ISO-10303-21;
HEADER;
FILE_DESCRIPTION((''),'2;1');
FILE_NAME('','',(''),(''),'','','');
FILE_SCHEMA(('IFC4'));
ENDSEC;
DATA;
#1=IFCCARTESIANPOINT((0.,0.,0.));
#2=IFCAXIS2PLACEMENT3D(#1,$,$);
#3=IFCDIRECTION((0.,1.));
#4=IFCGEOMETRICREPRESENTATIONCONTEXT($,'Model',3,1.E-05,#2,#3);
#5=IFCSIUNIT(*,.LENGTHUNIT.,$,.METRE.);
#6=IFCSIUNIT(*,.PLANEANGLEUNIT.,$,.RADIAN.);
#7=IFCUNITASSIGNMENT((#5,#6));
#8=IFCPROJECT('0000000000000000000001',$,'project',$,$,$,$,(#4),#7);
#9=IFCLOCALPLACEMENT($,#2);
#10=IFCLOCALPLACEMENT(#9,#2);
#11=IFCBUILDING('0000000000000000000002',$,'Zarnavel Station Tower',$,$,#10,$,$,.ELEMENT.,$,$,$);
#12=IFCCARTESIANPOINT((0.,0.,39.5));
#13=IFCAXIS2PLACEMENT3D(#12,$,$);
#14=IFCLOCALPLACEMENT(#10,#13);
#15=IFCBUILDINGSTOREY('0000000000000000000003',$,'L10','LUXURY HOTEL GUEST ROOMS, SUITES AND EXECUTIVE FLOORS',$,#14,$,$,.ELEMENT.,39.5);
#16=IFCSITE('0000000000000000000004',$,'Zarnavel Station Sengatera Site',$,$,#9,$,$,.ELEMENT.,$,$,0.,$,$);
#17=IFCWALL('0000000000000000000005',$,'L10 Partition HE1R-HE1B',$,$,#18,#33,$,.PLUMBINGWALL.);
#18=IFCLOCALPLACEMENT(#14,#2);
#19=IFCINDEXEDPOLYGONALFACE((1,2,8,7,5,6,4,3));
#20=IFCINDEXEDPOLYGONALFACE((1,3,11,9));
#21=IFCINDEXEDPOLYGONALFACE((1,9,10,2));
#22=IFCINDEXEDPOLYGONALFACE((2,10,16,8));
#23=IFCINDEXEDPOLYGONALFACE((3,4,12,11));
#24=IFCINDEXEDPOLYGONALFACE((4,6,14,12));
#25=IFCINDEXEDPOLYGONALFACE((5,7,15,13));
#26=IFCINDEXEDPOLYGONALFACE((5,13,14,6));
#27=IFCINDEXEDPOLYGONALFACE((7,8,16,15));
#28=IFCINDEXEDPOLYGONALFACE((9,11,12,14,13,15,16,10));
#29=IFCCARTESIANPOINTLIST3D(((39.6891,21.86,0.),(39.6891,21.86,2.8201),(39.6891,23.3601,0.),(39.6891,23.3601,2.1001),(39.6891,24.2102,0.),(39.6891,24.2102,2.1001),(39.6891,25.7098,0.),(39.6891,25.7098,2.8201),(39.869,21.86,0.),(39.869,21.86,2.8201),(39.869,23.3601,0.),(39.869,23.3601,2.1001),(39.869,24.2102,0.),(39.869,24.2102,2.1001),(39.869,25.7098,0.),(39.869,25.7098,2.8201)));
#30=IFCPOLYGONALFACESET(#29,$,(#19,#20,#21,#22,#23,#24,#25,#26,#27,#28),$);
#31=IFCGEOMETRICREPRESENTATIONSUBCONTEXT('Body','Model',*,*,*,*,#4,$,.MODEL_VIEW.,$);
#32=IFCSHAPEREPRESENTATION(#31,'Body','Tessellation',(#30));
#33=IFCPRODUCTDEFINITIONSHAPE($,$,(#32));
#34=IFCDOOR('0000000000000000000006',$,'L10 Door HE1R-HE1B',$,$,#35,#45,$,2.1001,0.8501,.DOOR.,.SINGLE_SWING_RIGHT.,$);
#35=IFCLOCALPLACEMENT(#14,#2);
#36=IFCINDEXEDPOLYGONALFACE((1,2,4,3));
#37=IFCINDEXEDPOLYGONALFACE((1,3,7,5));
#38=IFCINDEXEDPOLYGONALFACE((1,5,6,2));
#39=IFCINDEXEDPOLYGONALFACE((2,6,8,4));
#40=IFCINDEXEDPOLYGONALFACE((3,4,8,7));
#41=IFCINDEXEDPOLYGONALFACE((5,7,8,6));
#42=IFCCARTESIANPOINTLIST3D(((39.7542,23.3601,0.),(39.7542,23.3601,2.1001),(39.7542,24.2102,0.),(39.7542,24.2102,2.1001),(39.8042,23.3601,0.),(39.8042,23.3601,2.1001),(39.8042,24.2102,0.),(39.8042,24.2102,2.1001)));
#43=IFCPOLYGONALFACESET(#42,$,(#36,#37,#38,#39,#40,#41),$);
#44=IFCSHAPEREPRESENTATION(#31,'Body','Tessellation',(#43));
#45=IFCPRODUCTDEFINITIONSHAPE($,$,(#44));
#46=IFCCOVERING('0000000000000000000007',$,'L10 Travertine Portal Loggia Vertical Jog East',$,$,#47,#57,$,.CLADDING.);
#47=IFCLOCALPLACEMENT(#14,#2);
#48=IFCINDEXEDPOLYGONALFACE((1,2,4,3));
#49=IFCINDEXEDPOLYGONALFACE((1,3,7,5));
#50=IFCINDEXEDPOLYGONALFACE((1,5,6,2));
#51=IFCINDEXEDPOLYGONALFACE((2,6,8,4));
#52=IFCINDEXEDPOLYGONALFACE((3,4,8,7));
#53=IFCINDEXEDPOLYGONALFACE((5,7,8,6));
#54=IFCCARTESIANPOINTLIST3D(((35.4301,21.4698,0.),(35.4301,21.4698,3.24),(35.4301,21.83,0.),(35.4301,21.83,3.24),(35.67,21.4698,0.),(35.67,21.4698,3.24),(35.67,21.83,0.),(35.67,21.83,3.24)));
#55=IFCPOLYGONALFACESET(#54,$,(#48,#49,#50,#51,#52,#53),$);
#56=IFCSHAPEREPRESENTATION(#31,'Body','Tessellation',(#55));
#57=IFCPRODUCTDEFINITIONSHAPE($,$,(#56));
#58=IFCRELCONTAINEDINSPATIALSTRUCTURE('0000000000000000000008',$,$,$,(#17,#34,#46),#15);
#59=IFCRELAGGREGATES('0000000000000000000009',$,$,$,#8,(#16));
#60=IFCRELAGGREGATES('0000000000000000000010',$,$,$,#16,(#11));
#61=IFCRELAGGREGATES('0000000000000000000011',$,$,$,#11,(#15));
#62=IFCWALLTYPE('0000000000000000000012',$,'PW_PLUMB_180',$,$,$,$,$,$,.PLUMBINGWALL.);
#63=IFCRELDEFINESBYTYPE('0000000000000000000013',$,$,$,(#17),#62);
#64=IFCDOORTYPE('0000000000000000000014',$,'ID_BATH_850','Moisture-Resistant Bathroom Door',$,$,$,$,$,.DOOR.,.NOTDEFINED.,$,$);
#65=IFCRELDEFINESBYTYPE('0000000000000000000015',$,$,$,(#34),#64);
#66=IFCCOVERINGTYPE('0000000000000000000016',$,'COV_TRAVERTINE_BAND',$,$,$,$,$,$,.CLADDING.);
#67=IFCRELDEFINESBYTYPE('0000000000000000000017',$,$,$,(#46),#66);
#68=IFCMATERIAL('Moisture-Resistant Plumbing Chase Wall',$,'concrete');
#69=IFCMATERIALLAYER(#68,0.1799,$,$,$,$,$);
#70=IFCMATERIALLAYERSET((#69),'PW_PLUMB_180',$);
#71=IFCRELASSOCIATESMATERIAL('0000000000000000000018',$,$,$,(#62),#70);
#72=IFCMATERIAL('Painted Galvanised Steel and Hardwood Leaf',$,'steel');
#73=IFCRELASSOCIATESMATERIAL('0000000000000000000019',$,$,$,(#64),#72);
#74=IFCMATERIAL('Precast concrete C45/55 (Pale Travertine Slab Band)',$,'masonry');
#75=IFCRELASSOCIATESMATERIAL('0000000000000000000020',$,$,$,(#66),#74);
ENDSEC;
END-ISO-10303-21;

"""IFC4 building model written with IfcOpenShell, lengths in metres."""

from ifc_helpers import new_model, si_unit, direction, frame, frame_2d, origin, origin_2d, place, context, subcontext, project, spatial, rectangle, extrude, material, layer, layer_set, type_object, element, fill, save


model = new_model("IFC4")

# Units and contexts
model_context = context("Model", 3, precision=1e-05, world=origin(), true_north=direction((0.0, 1.0)))
body_context = subcontext(model_context, "Body", "Model", "MODEL_VIEW")
ifc_project = project(units=[si_unit("LENGTHUNIT", "METRE"), si_unit("PLANEANGLEUNIT", "RADIAN")], contexts=[model_context])

# Site, building, storey
site_placement = place(None, origin())
site = spatial("IfcSite", under=ifc_project, at=site_placement, Name="Zarnavel Station Sengatera Site", CompositionType="ELEMENT", RefElevation=0.0)
building_placement = place(site_placement, origin())
building = spatial("IfcBuilding", under=site, at=building_placement, Name="Zarnavel Station Tower", CompositionType="ELEMENT")
storey_placement = place(building_placement, frame((0.0, 0.0, 39.5)))
storey = spatial("IfcBuildingStorey", under=building, at=storey_placement, Name="L10", Description="LUXURY HOTEL GUEST ROOMS, SUITES AND EXECUTIVE FLOORS", CompositionType="ELEMENT", Elevation=39.5)

# Wall, opening, door
ifc_material_1 = material(Name="Moisture-Resistant Plumbing Chase Wall", Category="concrete")
ifc_layer_1 = layer(ifc_material_1, 0.1799)
ifc_layer_set_1 = layer_set([ifc_layer_1], Name="PW_PLUMB_180")
wall_type_1 = type_object("IfcWallType", Name="PW_PLUMB_180", PredefinedType="PLUMBINGWALL", material=ifc_layer_set_1)
wall_1_placement = place(storey_placement, frame((39.7791, 21.8601, 0.0), z_axis=(0.0, 0.0, 1.0), x_axis=(0.0, 1.0, 0.0)))
wall_1 = element("IfcWall", 1, at=wall_1_placement, inside=storey, type_object=wall_type_1, Name="L10 Partition HE1R-HE1B", PredefinedType="PLUMBINGWALL", context=body_context, shape_type="SweptSolid", body=[
    extrude(rectangle(XDim=3.8499, YDim=0.1799, at=frame_2d((1.9248, 0.0))), origin(), (0.0, 0.0, 1.0), 2.8201),
])
opening_placement = place(wall_1_placement, frame((1.5, 0.0, 0.0)))
opening = element("IfcOpeningElement", 2, at=opening_placement, cuts=wall_1, PredefinedType="OPENING", context=body_context, shape_type="SweptSolid", body=[
    extrude(rectangle(XDim=0.8501, YDim=2.1001, at=frame_2d((0.425, 1.05))), frame((0.0, 0.0999, 0.0), z_axis=(0.0, -1.0, 0.0), x_axis=(1.0, 0.0, 0.0)), (0.0, 0.0, 1.0), 0.2),
])
ifc_material_2 = material(Name="Painted Galvanised Steel and Hardwood Leaf", Category="steel")
door_type = type_object("IfcDoorType", Name="ID_BATH_850", Description="Moisture-Resistant Bathroom Door", OperationType="NOTDEFINED", PredefinedType="DOOR", material=ifc_material_2)
door_placement = place(opening_placement, origin())
door = element("IfcDoor", 3, at=door_placement, inside=storey, type_object=door_type, Name="L10 Door HE1R-HE1B", OperationType="SINGLE_SWING_RIGHT", OverallHeight=2.1001, OverallWidth=0.8501, PredefinedType="DOOR", context=body_context, shape_type="SweptSolid", body=[
    extrude(rectangle(XDim=0.8501, YDim=2.1001, at=frame_2d((0.425, 1.05))), frame((0.0, 0.0249, 0.0), z_axis=(0.0, -1.0, 0.0), x_axis=(1.0, 0.0, 0.0)), (0.0, 0.0, 1.0), 0.05),
])
fill(opening, door)

# Covering
ifc_material_3 = material(Name="Precast concrete C45/55 (Pale Travertine Slab Band)", Category="masonry")
covering_type = type_object("IfcCoveringType", Name="COV_TRAVERTINE_BAND", PredefinedType="CLADDING", material=ifc_material_3)
covering_placement = place(storey_placement, frame((35.55, 21.6499, 0.0), z_axis=(0.0, 0.0, 1.0), x_axis=(1.0, 0.0, 0.0)))
element("IfcCovering", 4, at=covering_placement, inside=storey, type_object=covering_type, Name="L10 Travertine Portal Loggia Vertical Jog East", PredefinedType="CLADDING", context=body_context, shape_type="SweptSolid", body=[
    extrude(rectangle(XDim=0.24, YDim=0.3601, at=origin_2d()), origin(), (0.0, 0.0, 1.0), 3.24),
])

save(model, "model.ifc")
